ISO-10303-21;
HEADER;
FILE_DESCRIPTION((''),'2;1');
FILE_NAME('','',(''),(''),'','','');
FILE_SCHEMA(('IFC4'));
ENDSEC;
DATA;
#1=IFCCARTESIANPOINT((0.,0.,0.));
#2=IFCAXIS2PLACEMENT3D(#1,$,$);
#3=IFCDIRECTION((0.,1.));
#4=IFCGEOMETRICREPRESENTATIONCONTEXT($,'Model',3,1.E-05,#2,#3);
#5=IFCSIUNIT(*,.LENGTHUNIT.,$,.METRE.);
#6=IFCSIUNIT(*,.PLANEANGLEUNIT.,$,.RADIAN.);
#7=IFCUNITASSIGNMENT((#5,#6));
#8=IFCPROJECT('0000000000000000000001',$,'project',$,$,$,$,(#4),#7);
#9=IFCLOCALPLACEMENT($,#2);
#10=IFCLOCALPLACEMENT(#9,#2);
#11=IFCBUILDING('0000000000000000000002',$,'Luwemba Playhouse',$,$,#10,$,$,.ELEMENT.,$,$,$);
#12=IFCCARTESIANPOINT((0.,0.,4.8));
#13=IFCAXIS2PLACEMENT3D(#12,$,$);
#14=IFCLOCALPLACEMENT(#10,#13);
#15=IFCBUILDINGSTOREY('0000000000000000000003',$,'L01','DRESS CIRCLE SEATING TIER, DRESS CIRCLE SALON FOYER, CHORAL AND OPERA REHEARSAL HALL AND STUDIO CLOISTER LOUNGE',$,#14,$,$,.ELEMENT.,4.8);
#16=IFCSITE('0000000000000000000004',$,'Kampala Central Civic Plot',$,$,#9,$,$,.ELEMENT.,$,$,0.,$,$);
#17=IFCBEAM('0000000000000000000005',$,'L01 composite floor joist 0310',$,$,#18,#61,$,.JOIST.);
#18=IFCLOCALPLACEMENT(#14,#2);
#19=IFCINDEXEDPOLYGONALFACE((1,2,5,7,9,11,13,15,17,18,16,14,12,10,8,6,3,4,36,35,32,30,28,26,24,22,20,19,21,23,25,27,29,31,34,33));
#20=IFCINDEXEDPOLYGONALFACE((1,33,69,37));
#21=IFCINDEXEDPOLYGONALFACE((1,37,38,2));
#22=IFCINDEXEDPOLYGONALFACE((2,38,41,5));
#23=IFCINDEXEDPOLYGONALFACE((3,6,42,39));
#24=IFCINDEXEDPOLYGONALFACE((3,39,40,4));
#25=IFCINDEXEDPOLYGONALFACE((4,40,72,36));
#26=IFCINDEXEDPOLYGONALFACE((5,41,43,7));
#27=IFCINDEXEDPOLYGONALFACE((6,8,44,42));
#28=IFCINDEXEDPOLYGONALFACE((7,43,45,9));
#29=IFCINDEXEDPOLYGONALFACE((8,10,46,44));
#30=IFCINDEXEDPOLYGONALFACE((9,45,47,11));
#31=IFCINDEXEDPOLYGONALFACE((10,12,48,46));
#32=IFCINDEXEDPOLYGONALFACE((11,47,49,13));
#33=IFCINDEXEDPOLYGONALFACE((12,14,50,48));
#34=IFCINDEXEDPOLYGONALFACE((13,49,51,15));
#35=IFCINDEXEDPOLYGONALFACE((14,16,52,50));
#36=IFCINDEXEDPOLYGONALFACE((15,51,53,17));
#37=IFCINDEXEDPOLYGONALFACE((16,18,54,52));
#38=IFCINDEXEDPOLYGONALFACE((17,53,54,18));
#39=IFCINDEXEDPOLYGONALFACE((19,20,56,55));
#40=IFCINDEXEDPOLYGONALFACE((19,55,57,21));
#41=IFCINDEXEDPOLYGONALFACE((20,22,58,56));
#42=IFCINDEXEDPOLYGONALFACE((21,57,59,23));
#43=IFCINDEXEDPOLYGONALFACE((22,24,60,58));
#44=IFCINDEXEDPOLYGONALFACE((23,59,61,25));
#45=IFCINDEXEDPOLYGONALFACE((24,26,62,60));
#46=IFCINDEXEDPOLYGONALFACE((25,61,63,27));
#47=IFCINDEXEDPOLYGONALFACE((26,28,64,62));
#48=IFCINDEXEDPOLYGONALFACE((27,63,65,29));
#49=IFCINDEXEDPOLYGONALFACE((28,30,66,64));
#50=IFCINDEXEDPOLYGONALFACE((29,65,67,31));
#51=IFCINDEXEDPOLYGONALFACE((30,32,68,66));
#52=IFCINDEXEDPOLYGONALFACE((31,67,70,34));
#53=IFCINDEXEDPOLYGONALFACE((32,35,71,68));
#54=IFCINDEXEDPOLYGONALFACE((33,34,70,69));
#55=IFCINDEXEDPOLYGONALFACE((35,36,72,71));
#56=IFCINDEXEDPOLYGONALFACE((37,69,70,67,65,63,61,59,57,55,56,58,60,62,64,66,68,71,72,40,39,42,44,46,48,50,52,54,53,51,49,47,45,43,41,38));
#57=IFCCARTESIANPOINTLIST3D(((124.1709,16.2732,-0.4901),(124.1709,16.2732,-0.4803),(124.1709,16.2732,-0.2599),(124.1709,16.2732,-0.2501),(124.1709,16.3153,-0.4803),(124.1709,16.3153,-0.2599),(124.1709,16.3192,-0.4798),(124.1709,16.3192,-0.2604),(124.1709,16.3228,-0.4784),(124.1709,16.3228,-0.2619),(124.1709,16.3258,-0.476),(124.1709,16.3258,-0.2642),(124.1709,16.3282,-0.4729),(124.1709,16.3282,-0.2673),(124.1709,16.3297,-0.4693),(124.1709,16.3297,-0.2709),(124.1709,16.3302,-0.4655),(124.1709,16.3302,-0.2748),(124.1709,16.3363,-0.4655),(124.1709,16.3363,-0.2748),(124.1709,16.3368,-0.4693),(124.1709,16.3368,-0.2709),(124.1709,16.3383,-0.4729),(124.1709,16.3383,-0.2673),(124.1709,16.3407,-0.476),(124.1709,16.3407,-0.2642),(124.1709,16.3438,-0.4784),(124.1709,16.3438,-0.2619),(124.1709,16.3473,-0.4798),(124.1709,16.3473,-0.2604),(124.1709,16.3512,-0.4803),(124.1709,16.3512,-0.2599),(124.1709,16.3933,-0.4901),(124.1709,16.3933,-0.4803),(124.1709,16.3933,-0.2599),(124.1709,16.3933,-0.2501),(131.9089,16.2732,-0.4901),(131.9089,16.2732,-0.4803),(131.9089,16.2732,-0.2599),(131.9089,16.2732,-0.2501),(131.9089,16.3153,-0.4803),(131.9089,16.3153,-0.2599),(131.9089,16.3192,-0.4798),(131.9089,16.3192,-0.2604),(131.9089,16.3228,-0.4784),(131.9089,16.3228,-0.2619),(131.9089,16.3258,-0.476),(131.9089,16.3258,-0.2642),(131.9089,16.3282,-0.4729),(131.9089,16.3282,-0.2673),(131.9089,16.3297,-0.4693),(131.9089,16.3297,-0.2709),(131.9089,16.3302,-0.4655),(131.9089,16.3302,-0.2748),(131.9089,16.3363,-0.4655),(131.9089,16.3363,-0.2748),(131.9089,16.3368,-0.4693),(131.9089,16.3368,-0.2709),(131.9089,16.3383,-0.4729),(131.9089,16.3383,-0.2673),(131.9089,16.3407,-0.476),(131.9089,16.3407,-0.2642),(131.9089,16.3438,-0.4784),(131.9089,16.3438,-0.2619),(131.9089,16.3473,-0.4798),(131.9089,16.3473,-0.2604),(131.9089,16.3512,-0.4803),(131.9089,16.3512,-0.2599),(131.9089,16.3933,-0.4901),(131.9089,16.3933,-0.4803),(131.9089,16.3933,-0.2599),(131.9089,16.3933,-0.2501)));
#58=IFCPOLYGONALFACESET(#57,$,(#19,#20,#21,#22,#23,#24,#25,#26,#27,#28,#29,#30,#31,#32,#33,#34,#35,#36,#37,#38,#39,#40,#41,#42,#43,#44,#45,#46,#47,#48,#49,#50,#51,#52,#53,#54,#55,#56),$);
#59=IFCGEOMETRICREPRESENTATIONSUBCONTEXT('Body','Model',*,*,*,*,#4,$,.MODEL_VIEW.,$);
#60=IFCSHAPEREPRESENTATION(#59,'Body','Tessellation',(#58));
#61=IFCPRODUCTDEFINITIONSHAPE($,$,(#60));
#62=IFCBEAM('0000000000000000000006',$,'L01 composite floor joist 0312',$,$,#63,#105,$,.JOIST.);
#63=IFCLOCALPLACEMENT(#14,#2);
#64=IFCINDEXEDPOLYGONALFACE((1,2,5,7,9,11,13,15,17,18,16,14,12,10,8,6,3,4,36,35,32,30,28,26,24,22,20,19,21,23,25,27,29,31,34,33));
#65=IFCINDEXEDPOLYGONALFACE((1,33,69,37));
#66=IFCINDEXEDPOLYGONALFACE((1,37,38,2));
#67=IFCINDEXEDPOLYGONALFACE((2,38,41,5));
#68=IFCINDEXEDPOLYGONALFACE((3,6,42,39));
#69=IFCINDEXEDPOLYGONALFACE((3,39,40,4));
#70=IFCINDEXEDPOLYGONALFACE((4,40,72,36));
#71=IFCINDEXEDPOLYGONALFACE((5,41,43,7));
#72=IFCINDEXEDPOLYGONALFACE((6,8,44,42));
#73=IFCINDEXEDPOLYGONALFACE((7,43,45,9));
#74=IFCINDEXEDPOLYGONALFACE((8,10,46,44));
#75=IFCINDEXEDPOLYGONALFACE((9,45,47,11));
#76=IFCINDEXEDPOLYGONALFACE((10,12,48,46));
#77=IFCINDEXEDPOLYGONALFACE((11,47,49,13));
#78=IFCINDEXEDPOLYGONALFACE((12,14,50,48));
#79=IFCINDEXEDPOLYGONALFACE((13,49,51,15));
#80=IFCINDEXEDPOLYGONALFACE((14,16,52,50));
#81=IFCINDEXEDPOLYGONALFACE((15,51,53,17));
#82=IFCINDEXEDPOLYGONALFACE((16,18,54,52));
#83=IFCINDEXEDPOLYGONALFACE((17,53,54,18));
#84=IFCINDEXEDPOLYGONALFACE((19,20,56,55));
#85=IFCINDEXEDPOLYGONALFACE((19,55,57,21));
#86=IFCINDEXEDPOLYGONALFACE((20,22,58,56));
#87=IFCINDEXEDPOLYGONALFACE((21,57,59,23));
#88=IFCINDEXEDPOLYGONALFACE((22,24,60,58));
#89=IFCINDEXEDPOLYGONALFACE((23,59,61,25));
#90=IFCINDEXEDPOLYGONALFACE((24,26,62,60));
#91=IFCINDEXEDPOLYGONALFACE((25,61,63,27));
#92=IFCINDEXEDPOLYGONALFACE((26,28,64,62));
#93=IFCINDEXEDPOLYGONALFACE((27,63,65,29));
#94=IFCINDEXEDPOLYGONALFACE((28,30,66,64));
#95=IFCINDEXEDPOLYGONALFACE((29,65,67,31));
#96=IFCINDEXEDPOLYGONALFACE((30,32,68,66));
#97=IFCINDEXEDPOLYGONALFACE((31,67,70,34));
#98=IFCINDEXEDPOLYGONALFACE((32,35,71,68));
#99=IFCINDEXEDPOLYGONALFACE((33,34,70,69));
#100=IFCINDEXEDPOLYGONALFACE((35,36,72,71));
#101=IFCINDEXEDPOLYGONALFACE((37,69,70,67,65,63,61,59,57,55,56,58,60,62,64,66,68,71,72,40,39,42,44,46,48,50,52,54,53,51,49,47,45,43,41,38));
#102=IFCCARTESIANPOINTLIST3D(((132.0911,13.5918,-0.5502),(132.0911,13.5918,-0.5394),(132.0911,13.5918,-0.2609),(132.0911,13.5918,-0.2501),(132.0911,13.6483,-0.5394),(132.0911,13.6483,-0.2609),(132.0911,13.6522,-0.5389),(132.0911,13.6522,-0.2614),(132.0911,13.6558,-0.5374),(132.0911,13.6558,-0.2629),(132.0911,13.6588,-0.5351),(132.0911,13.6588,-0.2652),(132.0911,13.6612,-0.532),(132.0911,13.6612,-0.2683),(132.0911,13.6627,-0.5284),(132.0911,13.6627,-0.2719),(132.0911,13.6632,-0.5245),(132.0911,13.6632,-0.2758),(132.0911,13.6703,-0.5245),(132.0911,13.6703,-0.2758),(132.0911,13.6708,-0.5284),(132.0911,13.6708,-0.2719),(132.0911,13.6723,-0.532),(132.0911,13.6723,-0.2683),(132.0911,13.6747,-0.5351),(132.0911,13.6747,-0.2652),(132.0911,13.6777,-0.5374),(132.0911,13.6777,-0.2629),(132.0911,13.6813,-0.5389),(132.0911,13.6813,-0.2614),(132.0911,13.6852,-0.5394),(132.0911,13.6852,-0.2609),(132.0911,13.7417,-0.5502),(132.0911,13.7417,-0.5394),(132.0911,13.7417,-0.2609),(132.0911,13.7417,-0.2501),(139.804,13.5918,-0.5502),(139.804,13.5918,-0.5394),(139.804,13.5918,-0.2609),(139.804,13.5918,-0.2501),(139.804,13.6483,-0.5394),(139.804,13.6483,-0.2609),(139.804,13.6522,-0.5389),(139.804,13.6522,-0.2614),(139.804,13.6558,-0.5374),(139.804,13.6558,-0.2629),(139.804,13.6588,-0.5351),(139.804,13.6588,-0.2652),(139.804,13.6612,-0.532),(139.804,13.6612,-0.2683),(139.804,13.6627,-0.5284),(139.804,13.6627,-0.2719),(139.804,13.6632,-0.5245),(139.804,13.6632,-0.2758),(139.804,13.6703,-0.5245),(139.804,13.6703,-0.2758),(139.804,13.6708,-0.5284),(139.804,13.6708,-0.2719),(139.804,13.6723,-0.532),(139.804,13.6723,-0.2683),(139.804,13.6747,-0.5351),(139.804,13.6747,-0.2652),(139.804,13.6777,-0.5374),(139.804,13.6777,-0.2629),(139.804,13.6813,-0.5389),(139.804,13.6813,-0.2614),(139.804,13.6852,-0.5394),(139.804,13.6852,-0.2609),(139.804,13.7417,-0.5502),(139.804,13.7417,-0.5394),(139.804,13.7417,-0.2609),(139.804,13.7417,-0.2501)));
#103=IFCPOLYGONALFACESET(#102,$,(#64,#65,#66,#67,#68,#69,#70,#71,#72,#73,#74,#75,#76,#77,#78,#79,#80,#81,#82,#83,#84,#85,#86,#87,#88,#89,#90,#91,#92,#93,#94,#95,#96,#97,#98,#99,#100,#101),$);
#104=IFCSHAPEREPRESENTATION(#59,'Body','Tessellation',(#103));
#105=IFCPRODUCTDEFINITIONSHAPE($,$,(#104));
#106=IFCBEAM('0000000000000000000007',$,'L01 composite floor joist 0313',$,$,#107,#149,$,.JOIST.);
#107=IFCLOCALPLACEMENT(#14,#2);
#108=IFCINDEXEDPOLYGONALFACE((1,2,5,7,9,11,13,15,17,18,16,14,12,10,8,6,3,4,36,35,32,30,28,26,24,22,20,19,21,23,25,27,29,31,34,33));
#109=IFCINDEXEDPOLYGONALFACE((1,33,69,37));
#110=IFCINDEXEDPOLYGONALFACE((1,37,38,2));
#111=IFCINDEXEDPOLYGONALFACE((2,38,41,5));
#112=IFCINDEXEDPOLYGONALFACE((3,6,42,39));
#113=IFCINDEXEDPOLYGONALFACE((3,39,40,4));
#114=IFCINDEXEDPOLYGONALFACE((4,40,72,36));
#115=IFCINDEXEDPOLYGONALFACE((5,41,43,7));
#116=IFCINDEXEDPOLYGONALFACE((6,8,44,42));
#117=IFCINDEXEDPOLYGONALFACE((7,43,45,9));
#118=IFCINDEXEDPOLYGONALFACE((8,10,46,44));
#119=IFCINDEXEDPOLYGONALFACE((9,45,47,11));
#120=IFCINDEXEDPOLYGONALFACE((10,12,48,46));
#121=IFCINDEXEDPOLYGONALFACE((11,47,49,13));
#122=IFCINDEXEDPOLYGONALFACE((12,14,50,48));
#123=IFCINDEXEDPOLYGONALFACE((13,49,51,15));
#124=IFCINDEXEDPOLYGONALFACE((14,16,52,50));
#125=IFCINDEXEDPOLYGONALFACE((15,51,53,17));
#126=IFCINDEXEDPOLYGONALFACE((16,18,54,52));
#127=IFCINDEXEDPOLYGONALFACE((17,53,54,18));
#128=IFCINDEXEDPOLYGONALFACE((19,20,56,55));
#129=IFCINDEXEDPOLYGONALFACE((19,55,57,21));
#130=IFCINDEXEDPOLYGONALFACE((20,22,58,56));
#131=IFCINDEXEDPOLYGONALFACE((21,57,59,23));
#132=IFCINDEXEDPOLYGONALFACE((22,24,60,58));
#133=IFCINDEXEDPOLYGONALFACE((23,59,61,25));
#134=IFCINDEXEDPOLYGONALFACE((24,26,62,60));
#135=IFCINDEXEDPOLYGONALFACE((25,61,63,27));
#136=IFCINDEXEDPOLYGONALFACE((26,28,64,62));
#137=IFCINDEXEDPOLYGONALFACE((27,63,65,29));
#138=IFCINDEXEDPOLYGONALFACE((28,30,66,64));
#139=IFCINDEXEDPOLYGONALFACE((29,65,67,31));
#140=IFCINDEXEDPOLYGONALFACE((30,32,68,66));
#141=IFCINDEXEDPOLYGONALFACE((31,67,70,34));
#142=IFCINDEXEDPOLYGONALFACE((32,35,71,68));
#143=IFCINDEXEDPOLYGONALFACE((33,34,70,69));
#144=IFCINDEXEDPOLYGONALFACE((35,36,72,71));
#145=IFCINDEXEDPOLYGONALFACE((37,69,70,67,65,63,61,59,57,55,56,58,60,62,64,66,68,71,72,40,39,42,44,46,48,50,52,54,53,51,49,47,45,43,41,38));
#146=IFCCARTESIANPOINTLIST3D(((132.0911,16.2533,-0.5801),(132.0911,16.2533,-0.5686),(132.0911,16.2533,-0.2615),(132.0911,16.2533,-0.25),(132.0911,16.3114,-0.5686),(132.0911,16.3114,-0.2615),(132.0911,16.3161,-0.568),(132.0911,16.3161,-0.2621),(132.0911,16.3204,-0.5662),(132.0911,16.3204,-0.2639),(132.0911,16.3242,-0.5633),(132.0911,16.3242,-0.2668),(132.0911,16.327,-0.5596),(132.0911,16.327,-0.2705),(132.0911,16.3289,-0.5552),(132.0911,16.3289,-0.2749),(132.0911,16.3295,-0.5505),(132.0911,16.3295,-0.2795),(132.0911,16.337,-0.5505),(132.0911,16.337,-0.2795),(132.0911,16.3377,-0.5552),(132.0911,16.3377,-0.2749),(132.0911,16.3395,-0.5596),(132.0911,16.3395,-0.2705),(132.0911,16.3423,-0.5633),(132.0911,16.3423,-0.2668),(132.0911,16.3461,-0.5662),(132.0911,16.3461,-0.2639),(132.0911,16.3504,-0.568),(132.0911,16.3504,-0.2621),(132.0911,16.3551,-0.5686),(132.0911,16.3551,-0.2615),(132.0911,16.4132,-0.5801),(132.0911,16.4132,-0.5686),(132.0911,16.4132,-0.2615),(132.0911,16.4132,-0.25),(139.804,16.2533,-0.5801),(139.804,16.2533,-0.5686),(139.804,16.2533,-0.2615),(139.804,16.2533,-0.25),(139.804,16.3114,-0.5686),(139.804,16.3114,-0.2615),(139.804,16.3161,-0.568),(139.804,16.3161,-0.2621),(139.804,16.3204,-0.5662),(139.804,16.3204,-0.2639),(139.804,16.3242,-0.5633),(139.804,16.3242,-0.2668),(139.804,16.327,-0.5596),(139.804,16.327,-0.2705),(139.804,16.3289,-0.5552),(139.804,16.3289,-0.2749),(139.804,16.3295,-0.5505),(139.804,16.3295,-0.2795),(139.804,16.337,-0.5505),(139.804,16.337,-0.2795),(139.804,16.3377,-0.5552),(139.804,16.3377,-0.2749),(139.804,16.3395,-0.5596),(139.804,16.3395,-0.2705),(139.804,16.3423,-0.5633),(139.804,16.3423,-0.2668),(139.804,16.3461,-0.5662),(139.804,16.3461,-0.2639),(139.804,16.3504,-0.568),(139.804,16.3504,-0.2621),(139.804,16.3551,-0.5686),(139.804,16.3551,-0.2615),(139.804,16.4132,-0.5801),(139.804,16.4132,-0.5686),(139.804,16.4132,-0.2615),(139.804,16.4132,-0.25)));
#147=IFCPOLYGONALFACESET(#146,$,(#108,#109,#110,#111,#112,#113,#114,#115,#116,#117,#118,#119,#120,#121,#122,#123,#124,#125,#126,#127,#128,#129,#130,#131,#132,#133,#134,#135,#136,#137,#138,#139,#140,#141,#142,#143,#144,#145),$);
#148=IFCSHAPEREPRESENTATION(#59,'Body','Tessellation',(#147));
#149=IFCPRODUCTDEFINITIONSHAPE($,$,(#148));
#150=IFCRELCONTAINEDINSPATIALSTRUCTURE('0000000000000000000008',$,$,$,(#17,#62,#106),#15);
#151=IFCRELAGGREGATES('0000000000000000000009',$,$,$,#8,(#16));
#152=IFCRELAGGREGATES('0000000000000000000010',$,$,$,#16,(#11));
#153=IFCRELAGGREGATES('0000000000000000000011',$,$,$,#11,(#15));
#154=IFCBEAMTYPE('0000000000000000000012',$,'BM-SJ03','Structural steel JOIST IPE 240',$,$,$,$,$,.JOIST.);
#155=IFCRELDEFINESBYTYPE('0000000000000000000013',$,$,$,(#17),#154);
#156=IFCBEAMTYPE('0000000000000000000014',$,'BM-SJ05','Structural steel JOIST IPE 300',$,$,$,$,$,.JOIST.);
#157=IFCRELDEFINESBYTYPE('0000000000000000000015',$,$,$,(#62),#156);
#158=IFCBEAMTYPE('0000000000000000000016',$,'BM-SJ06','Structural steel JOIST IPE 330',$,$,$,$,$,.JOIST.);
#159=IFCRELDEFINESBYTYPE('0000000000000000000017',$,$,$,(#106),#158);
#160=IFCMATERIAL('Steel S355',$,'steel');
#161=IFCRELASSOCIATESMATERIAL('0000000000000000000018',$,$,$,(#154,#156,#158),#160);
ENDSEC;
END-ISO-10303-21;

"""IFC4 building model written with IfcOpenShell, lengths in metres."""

from ifc_helpers import new_model, si_unit, direction, frame, origin, origin_2d, place, context, subcontext, project, spatial, i_section, extrude, material, material_profile, profile_set, type_object, element, save


model = new_model("IFC4")

# Units and contexts
model_context = context("Model", 3, precision=1e-05, world=origin(), true_north=direction((0.0, 1.0)))
body_context = subcontext(model_context, "Body", "Model", "MODEL_VIEW")
ifc_project = project(units=[si_unit("LENGTHUNIT", "METRE"), si_unit("PLANEANGLEUNIT", "RADIAN")], contexts=[model_context])

# Site, building, storey
site_placement = place(None, origin())
site = spatial("IfcSite", under=ifc_project, at=site_placement, Name="Kampala Central Civic Plot", CompositionType="ELEMENT", RefElevation=0.0)
building_placement = place(site_placement, origin())
building = spatial("IfcBuilding", under=site, at=building_placement, Name="Luwemba Playhouse", CompositionType="ELEMENT")
storey_placement = place(building_placement, frame((0.0, 0.0, 4.8)))
storey = spatial("IfcBuildingStorey", under=building, at=storey_placement, Name="L01", Description="DRESS CIRCLE SEATING TIER, DRESS CIRCLE SALON FOYER, CHORAL AND OPERA REHEARSAL HALL AND STUDIO CLOISTER LOUNGE", CompositionType="ELEMENT", Elevation=4.8)

# Beams
ifc_material_1 = material(Name="Steel S355", Category="steel")
ifc_material_profile_1 = material_profile(ifc_material_1, i_section(OverallWidth=0.1201, OverallDepth=0.24, WebThickness=0.0061, FlangeThickness=0.0098, FilletRadius=0.0149, at=origin_2d()))
ifc_profile_set_1 = profile_set([ifc_material_profile_1], Name="Steel S355")
beam_type_1 = type_object("IfcBeamType", Name="BM-SJ03", Description="Structural steel JOIST IPE 240", PredefinedType="JOIST", material=ifc_profile_set_1)
beam_1_placement = place(storey_placement, frame((124.1709, 16.3333, -0.3701), z_axis=(1.0, 0.0, 0.0), x_axis=(0.0, 1.0, 0.0)))
element("IfcBeam", 1, at=beam_1_placement, inside=storey, type_object=beam_type_1, Name="L01 composite floor joist 0310", PredefinedType="JOIST", context=body_context, shape_type="SweptSolid", body=[
    extrude(i_section(OverallWidth=0.1201, OverallDepth=0.24, WebThickness=0.0061, FlangeThickness=0.0098, FilletRadius=0.0149, at=origin_2d()), origin(), (0.0, 0.0, 1.0), 7.738),
])
ifc_material_profile_2 = material_profile(ifc_material_1, i_section(OverallWidth=0.1499, OverallDepth=0.3, WebThickness=0.0071, FlangeThickness=0.0107, FilletRadius=0.0149, at=origin_2d()))
ifc_profile_set_2 = profile_set([ifc_material_profile_2], Name="Steel S355")
beam_type_2 = type_object("IfcBeamType", Name="BM-SJ05", Description="Structural steel JOIST IPE 300", PredefinedType="JOIST", material=ifc_profile_set_2)
beam_2_placement = place(storey_placement, frame((132.0911, 13.6667, -0.4001), z_axis=(1.0, 0.0, 0.0), x_axis=(0.0, 1.0, 0.0)))
element("IfcBeam", 2, at=beam_2_placement, inside=storey, type_object=beam_type_2, Name="L01 composite floor joist 0312", PredefinedType="JOIST", context=body_context, shape_type="SweptSolid", body=[
    extrude(i_section(OverallWidth=0.1499, OverallDepth=0.3, WebThickness=0.0071, FlangeThickness=0.0107, FilletRadius=0.0149, at=origin_2d()), origin(), (0.0, 0.0, 1.0), 7.7129),
])
ifc_material_profile_3 = material_profile(ifc_material_1, i_section(OverallWidth=0.1599, OverallDepth=0.3301, WebThickness=0.0076, FlangeThickness=0.0115, FilletRadius=0.0181, at=origin_2d()))
ifc_profile_set_3 = profile_set([ifc_material_profile_3], Name="Steel S355")
beam_type_3 = type_object("IfcBeamType", Name="BM-SJ06", Description="Structural steel JOIST IPE 330", PredefinedType="JOIST", material=ifc_profile_set_3)
beam_3_placement = place(storey_placement, frame((132.0911, 16.3333, -0.415), z_axis=(1.0, 0.0, 0.0), x_axis=(0.0, 1.0, 0.0)))
element("IfcBeam", 3, at=beam_3_placement, inside=storey, type_object=beam_type_3, Name="L01 composite floor joist 0313", PredefinedType="JOIST", context=body_context, shape_type="SweptSolid", body=[
    extrude(i_section(OverallWidth=0.1599, OverallDepth=0.3301, WebThickness=0.0076, FlangeThickness=0.0115, FilletRadius=0.0181, at=origin_2d()), origin(), (0.0, 0.0, 1.0), 7.7129),
])

save(model, "model.ifc")
